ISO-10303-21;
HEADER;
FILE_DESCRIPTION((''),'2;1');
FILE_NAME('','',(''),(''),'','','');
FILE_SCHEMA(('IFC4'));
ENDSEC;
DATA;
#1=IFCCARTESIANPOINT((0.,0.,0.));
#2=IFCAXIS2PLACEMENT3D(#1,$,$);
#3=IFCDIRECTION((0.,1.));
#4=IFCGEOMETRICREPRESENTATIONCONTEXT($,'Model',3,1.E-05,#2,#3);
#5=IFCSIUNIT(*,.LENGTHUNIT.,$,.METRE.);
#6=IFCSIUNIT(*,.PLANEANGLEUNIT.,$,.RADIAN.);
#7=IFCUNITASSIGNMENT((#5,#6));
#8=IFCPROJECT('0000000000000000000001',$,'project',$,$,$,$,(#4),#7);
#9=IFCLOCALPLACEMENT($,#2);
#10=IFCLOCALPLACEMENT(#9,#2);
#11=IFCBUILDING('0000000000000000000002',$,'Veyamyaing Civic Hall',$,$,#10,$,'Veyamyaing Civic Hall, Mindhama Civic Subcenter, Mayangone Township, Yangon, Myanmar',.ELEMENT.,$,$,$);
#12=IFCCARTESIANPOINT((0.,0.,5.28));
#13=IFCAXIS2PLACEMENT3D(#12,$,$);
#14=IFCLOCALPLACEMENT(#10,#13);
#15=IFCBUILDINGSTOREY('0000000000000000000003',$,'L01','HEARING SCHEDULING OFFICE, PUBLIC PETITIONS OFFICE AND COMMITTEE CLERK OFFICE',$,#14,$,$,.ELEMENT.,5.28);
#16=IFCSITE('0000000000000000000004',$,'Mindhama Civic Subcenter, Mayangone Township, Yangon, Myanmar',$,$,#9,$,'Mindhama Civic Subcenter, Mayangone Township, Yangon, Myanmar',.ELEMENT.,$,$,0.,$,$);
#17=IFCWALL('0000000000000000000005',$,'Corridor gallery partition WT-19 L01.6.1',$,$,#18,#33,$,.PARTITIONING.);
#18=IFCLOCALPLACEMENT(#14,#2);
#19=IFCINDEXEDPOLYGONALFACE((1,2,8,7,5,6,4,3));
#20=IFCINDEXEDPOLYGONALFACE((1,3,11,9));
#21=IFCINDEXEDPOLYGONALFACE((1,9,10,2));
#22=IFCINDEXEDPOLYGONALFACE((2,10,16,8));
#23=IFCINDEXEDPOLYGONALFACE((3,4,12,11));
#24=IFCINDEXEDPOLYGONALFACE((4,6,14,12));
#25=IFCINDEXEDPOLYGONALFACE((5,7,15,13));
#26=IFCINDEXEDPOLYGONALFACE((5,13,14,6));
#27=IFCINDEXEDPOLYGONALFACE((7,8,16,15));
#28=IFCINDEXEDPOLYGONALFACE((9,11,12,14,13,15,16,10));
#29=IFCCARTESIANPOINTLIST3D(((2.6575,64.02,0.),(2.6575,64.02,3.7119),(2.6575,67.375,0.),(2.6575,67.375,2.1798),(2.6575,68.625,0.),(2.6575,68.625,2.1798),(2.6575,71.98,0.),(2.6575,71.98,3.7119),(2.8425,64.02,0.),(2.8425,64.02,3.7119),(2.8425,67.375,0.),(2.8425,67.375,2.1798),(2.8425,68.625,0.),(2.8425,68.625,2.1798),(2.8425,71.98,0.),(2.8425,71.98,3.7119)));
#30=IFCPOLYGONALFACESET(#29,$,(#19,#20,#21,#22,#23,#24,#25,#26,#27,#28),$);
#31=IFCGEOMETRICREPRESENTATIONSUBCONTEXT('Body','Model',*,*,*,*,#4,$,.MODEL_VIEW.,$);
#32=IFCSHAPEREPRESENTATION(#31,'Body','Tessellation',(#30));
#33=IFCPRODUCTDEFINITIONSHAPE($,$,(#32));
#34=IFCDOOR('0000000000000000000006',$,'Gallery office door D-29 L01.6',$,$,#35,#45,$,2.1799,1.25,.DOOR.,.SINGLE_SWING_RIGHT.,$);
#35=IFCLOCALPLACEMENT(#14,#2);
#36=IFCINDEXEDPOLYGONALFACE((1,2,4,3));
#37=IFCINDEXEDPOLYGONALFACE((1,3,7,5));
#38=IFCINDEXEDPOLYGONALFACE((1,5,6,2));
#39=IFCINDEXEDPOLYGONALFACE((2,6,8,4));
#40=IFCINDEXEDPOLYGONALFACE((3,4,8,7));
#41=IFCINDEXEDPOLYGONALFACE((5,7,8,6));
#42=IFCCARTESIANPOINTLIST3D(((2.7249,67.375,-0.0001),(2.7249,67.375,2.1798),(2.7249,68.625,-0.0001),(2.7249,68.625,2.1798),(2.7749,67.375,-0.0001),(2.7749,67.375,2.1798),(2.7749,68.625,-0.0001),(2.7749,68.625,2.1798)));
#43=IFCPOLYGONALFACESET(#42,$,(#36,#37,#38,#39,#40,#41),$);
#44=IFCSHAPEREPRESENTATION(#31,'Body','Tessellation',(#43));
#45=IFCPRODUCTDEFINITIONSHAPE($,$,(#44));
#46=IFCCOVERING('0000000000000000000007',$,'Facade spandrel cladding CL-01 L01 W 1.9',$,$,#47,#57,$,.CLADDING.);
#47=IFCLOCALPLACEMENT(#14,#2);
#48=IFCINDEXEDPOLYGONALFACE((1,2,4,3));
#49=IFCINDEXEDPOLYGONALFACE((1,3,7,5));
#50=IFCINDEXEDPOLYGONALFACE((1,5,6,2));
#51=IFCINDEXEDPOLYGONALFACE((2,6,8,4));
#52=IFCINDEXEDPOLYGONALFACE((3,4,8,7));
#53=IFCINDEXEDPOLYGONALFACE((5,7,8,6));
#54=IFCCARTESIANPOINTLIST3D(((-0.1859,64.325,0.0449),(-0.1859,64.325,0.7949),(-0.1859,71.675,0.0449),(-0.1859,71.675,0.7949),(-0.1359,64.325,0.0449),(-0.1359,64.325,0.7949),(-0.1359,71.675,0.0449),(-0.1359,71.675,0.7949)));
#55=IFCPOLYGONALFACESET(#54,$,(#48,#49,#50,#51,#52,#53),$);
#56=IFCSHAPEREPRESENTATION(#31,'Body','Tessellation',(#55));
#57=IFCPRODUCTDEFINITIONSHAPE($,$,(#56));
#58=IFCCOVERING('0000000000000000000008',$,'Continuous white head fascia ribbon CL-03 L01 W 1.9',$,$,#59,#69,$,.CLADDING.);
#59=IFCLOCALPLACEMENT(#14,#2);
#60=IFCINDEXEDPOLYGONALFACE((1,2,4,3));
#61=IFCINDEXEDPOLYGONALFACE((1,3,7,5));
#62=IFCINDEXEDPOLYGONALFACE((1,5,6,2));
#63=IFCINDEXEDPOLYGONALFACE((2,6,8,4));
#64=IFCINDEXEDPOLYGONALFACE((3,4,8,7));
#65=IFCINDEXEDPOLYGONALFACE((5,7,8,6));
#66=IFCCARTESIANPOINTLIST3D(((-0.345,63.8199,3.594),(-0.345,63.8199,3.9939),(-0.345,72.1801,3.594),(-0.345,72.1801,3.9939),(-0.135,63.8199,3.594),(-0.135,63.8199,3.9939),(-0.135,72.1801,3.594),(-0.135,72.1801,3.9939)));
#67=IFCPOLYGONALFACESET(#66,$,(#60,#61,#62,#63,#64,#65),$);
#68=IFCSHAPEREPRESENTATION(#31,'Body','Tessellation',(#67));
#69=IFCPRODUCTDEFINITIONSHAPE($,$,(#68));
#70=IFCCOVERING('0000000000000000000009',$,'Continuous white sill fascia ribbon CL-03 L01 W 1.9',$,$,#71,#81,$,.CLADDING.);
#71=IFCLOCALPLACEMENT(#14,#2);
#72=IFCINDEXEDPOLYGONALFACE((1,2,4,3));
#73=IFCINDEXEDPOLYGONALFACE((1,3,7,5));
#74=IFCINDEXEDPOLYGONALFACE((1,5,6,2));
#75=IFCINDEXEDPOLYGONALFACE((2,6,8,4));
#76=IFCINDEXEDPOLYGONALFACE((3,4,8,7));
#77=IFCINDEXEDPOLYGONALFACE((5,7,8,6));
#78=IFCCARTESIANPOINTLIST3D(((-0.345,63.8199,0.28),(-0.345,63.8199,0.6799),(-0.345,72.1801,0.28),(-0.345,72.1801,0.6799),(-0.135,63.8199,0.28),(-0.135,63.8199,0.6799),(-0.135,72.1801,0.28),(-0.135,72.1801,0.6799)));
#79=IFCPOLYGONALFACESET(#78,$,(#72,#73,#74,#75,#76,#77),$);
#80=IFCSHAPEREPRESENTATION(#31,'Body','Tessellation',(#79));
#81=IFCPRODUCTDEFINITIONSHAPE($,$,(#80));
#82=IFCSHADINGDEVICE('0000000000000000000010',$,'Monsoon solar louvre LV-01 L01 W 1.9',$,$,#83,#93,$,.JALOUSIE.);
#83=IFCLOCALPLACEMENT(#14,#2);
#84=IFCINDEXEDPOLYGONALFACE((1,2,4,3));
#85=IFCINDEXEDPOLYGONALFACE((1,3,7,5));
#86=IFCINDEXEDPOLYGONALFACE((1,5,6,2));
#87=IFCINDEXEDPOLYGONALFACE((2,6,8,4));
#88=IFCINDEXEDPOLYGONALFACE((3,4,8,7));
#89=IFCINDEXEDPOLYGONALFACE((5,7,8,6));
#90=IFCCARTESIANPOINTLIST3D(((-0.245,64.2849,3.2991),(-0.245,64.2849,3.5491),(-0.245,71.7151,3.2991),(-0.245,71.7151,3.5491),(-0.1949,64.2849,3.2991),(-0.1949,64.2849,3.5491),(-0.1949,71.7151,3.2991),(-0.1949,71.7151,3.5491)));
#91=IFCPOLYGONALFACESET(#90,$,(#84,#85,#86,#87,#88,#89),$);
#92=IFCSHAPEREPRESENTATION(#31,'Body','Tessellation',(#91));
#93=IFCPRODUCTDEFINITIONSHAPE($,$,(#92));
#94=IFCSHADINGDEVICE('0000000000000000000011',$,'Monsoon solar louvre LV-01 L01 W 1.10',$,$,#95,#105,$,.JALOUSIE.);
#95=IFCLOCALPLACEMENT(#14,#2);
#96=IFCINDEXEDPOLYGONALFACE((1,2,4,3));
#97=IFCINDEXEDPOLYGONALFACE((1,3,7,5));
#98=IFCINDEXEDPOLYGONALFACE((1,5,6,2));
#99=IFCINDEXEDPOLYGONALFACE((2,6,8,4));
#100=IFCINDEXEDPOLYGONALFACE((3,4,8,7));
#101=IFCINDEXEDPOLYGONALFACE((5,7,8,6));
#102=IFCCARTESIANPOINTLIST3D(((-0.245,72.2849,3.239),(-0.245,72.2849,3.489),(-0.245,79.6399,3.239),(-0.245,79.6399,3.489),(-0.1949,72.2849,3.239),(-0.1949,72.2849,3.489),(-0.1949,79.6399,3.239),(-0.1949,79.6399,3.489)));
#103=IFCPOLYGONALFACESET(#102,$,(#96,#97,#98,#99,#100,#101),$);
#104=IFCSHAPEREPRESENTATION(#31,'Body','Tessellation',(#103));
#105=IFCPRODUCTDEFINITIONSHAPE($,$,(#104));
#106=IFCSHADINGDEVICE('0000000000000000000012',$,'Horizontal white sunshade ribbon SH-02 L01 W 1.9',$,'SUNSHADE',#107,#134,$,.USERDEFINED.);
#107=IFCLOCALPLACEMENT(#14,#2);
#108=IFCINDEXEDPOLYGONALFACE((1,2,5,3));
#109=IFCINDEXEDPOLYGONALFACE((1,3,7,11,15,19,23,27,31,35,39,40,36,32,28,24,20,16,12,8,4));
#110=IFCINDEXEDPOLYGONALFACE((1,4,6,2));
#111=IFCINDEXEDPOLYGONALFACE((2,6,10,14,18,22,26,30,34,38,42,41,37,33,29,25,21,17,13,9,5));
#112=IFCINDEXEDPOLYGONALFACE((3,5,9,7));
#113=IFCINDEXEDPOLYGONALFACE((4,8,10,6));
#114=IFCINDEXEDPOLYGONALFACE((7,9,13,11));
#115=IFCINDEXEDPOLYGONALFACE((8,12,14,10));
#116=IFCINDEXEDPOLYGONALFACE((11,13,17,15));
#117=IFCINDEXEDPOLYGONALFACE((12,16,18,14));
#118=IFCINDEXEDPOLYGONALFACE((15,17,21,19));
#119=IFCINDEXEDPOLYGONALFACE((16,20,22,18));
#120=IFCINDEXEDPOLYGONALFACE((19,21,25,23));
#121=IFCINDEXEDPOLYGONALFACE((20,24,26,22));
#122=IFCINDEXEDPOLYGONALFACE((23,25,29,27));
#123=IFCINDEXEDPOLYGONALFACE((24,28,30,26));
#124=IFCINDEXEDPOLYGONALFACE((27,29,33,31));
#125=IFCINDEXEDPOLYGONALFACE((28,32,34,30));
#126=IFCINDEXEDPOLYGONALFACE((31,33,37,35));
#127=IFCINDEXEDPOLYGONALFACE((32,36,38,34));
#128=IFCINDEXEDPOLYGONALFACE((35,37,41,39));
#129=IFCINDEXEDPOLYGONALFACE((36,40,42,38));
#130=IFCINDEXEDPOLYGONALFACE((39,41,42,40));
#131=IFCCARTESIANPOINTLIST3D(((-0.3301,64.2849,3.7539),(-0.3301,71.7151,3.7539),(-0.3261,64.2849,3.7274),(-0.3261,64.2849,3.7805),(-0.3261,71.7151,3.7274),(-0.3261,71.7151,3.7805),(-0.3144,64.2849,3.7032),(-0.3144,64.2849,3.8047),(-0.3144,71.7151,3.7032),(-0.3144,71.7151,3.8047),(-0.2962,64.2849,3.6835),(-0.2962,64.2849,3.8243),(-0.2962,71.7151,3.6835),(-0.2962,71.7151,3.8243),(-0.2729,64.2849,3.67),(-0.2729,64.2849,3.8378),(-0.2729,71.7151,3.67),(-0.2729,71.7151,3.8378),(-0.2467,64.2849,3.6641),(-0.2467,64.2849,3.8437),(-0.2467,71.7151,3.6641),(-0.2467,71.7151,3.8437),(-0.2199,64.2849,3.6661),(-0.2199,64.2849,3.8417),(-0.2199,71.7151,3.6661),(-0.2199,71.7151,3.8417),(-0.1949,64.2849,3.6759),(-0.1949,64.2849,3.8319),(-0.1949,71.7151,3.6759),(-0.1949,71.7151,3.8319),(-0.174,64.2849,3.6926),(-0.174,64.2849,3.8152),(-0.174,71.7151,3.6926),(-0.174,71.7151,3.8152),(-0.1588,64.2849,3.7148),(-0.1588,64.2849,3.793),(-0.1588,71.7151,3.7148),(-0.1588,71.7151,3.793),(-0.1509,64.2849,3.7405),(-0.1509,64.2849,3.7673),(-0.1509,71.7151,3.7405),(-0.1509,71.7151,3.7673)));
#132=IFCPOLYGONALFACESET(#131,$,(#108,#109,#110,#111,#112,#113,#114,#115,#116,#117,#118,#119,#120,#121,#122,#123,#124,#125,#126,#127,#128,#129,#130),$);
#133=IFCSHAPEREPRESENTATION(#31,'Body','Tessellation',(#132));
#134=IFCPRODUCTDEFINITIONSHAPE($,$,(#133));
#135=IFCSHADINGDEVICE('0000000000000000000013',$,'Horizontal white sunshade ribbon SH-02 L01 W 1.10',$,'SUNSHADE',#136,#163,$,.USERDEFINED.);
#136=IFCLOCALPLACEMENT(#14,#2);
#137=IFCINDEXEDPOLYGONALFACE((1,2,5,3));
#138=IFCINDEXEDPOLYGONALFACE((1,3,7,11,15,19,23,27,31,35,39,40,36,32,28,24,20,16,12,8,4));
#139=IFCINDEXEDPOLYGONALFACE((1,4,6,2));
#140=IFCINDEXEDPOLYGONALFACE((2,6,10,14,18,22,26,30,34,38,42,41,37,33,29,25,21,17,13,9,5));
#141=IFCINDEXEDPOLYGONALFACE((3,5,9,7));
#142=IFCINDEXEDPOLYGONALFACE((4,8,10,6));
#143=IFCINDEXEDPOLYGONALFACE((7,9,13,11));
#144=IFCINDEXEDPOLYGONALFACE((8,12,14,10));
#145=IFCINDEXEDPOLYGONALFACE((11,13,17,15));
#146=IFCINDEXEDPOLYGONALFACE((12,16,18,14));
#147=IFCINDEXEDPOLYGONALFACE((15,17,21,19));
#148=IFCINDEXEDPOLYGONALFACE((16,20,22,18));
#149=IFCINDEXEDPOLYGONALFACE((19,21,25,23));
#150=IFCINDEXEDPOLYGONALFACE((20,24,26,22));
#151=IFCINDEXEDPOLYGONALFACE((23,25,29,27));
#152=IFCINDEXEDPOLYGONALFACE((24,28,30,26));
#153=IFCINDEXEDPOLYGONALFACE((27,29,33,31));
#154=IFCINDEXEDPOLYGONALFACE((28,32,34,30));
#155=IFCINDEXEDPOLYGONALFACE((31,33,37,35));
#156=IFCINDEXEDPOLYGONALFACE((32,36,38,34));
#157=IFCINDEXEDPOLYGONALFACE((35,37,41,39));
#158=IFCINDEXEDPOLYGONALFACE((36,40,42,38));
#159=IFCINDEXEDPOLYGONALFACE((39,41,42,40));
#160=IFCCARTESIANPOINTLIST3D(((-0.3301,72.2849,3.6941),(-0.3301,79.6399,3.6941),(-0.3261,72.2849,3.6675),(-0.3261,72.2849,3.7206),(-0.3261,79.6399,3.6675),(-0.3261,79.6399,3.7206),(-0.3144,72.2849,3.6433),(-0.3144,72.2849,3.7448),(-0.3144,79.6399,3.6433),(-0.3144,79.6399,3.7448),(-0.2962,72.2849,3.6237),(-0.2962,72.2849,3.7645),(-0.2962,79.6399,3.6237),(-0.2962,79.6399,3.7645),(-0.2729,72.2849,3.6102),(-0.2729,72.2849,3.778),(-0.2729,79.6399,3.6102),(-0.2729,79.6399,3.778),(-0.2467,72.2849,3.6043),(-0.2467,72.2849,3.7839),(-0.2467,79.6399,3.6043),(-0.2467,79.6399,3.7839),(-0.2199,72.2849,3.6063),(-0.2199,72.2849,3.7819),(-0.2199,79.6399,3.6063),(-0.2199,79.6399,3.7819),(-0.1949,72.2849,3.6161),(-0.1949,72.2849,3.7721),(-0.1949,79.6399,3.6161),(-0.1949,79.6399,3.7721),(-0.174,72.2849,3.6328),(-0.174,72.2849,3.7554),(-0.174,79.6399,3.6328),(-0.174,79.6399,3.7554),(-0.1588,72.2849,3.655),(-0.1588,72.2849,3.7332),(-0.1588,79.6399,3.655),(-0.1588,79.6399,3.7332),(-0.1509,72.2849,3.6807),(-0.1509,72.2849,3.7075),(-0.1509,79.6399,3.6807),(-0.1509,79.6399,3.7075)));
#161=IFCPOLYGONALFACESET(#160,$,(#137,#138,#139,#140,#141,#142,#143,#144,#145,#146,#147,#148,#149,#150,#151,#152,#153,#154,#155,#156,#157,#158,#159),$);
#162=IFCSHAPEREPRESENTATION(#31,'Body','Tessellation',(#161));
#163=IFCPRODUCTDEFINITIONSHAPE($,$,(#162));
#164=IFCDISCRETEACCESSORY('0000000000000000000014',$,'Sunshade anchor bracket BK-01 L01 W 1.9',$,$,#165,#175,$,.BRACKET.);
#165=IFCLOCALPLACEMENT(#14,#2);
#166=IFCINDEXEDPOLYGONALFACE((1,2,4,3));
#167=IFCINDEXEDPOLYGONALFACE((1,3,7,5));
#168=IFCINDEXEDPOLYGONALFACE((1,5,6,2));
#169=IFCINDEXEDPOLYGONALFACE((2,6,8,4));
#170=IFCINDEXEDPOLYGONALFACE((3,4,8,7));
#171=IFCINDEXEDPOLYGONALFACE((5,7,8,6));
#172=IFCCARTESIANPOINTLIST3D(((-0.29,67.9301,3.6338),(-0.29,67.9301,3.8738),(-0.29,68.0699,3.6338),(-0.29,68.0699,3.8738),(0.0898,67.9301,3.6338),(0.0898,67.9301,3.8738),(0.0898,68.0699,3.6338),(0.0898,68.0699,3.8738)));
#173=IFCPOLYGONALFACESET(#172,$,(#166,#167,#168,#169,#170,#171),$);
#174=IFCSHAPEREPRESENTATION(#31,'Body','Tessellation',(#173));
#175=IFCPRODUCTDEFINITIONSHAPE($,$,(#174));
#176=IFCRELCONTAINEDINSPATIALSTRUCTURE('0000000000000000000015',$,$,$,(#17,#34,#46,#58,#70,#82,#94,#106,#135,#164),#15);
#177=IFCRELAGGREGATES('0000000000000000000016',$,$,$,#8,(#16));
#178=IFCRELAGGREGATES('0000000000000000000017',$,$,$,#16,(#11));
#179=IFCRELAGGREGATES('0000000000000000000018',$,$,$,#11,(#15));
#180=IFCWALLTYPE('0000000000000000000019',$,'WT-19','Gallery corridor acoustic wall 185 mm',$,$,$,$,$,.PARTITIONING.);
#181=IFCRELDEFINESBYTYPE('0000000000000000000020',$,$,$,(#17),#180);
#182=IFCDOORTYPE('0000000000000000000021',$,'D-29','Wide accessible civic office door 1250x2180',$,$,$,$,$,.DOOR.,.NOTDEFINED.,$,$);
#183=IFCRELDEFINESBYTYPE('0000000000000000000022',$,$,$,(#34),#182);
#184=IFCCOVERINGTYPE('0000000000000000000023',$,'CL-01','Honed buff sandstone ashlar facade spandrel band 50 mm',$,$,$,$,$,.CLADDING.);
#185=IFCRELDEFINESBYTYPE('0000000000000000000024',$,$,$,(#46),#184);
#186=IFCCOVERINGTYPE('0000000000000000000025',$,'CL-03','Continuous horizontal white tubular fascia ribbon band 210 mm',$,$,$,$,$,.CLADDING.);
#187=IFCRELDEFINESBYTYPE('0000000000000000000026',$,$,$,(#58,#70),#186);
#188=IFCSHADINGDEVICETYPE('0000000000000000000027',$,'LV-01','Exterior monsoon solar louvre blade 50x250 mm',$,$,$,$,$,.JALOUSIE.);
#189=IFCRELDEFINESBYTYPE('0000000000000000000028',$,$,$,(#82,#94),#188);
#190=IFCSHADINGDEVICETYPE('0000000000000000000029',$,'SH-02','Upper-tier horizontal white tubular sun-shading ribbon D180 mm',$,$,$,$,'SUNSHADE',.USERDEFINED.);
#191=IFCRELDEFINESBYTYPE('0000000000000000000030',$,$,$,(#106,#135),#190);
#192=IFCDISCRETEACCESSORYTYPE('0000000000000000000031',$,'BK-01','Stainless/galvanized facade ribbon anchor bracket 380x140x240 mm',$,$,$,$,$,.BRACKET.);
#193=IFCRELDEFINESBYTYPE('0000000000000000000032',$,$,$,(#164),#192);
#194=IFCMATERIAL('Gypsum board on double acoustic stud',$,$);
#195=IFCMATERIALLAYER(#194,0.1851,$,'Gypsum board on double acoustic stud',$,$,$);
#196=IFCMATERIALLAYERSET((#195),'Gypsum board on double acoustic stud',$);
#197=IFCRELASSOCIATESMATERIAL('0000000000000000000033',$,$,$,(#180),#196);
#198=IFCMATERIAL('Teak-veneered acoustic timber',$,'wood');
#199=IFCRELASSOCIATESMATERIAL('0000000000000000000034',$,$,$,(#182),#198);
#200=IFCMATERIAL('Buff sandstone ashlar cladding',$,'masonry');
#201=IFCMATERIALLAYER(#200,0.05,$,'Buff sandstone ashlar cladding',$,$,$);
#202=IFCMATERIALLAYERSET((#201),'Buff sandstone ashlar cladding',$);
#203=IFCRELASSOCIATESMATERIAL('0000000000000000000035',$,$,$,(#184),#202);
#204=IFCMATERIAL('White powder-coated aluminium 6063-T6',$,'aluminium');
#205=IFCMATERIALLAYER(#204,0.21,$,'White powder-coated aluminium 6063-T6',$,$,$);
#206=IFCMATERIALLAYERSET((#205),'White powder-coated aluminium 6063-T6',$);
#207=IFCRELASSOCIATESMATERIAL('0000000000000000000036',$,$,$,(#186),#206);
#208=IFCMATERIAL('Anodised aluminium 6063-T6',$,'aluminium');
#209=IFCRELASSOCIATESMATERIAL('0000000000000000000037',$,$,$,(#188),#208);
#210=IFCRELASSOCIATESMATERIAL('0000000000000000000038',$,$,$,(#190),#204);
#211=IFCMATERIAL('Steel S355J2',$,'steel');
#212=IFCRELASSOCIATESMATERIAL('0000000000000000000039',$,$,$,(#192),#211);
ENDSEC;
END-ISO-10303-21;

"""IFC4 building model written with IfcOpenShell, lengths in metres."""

from ifc_helpers import new_model, si_unit, direction, frame, frame_2d, origin, origin_2d, place, context, subcontext, project, spatial, rectangle, circle, extrude, material, layer, layer_set, material_profile, profile_set, type_object, element, fill, save


model = new_model("IFC4")

# Units and contexts
model_context = context("Model", 3, precision=1e-05, world=origin(), true_north=direction((0.0, 1.0)))
body_context = subcontext(model_context, "Body", "Model", "MODEL_VIEW")
ifc_project = project(units=[si_unit("LENGTHUNIT", "METRE"), si_unit("PLANEANGLEUNIT", "RADIAN")], contexts=[model_context])

# Site, building, storey
site_placement = place(None, origin())
site = spatial("IfcSite", under=ifc_project, at=site_placement, Name="Mindhama Civic Subcenter, Mayangone Township, Yangon, Myanmar", LongName="Mindhama Civic Subcenter, Mayangone Township, Yangon, Myanmar", CompositionType="ELEMENT", RefElevation=0.0)
building_placement = place(site_placement, origin())
building = spatial("IfcBuilding", under=site, at=building_placement, Name="Veyamyaing Civic Hall", LongName="Veyamyaing Civic Hall, Mindhama Civic Subcenter, Mayangone Township, Yangon, Myanmar", CompositionType="ELEMENT")
storey_placement = place(building_placement, frame((0.0, 0.0, 5.28)))
storey = spatial("IfcBuildingStorey", under=building, at=storey_placement, Name="L01", Description="HEARING SCHEDULING OFFICE, PUBLIC PETITIONS OFFICE AND COMMITTEE CLERK OFFICE", CompositionType="ELEMENT", Elevation=5.28)

# Shared definitions
ifc_material_1 = material(Name="Teak-veneered acoustic timber", Category="wood")

# Wall, opening, door
ifc_material_2 = material(Name="Gypsum board on double acoustic stud")
ifc_layer_1 = layer(ifc_material_2, 0.1851, Name="Gypsum board on double acoustic stud")
ifc_layer_set_1 = layer_set([ifc_layer_1], Name="Gypsum board on double acoustic stud")
wall_type_1 = type_object("IfcWallType", Name="WT-19", Description="Gallery corridor acoustic wall 185 mm", PredefinedType="PARTITIONING", material=ifc_layer_set_1)
wall_1_placement = place(storey_placement, frame((2.75, 64.02, 0.0), z_axis=(0.0, 0.0, 1.0), x_axis=(0.0, 1.0, 0.0)))
wall_1 = element("IfcWall", 1, at=wall_1_placement, inside=storey, type_object=wall_type_1, Name="Corridor gallery partition WT-19 L01.6.1", PredefinedType="PARTITIONING", context=body_context, shape_type="SweptSolid", body=[
    extrude(rectangle(XDim=7.96, YDim=0.1851, at=frame_2d((3.98, 0.0))), origin(), (0.0, 0.0, 1.0), 3.7119),
])
opening_1_placement = place(wall_1_placement, frame((3.355, 0.0, 0.0)))
opening_1 = element("IfcOpeningElement", 2, at=opening_1_placement, cuts=wall_1, PredefinedType="OPENING", context=body_context, shape_type="SweptSolid", body=[
    extrude(rectangle(XDim=1.25, YDim=2.1799, at=frame_2d((0.625, 1.0898))), frame((0.0, 0.1025, 0.0), z_axis=(0.0, -1.0, 0.0), x_axis=(1.0, 0.0, 0.0)), (0.0, 0.0, 1.0), 0.2051),
])
door_type_1 = type_object("IfcDoorType", Name="D-29", Description="Wide accessible civic office door 1250x2180", OperationType="NOTDEFINED", PredefinedType="DOOR", material=ifc_material_1)
door_1_placement = place(opening_1_placement, frame((1.25, 0.0, 0.0), z_axis=(0.0, 0.0, 1.0), x_axis=(-1.0, 0.0, 0.0)))
door_1 = element("IfcDoor", 3, at=door_1_placement, inside=storey, type_object=door_type_1, Name="Gallery office door D-29 L01.6", OperationType="SINGLE_SWING_RIGHT", OverallHeight=2.1799, OverallWidth=1.25, PredefinedType="DOOR", context=body_context, shape_type="SweptSolid", body=[
    extrude(rectangle(XDim=1.25, YDim=2.1799, at=frame_2d((0.625, 1.0898))), frame((0.0, 0.0249, 0.0), z_axis=(0.0, -1.0, 0.0), x_axis=(1.0, 0.0, 0.0)), (0.0, 0.0, 1.0), 0.05),
])
fill(opening_1, door_1)

# Coverings
ifc_material_3 = material(Name="Buff sandstone ashlar cladding", Category="masonry")
ifc_layer_2 = layer(ifc_material_3, 0.05, Name="Buff sandstone ashlar cladding")
ifc_layer_set_2 = layer_set([ifc_layer_2], Name="Buff sandstone ashlar cladding")
covering_type_1 = type_object("IfcCoveringType", Name="CL-01", Description="Honed buff sandstone ashlar facade spandrel band 50 mm", PredefinedType="CLADDING", material=ifc_layer_set_2)
covering_placement = place(storey_placement, frame((-0.1609, 68.0, 0.0449), z_axis=(0.0, 0.0, 1.0), x_axis=(0.0, 1.0, 0.0)))
element("IfcCovering", 4, at=covering_placement, inside=storey, type_object=covering_type_1, Name="Facade spandrel cladding CL-01 L01 W 1.9", PredefinedType="CLADDING", context=body_context, shape_type="SweptSolid", body=[
    extrude(rectangle(XDim=7.3501, YDim=0.05, at=origin_2d()), origin(), (0.0, 0.0, 1.0), 0.75),
])
ifc_material_4 = material(Name="White powder-coated aluminium 6063-T6", Category="aluminium")
ifc_layer_3 = layer(ifc_material_4, 0.21, Name="White powder-coated aluminium 6063-T6")
ifc_layer_set_3 = layer_set([ifc_layer_3], Name="White powder-coated aluminium 6063-T6")
covering_type_2 = type_object("IfcCoveringType", Name="CL-03", Description="Continuous horizontal white tubular fascia ribbon band 210 mm", PredefinedType="CLADDING", material=ifc_layer_set_3)
for number, where, z_axis, x_axis, name in (
    (5, (-0.24, 68.0, 3.594), (0.0, 0.0, 1.0), (0.0, 1.0, 0.0), "Continuous white head fascia ribbon CL-03 L01 W 1.9"),
    (6, (-0.24, 68.0, 0.28), (0.0, 0.0, 1.0), (0.0, 1.0, 0.0), "Continuous white sill fascia ribbon CL-03 L01 W 1.9"),
):
    element("IfcCovering", number, at=place(storey_placement, frame(where, z_axis=z_axis, x_axis=x_axis)), inside=storey, type_object=covering_type_2, Name=name, PredefinedType="CLADDING", context=body_context, shape_type="SweptSolid", body=[
        extrude(rectangle(XDim=8.3601, YDim=0.21, at=origin_2d()), origin(), (0.0, 0.0, 1.0), 0.3999),
    ])

# Shading devices
ifc_material_5 = material(Name="Anodised aluminium 6063-T6", Category="aluminium")
ifc_material_profile_1 = material_profile(ifc_material_5, rectangle(XDim=0.05, YDim=0.25, at=origin_2d()), Name="LOUVRE-BLADE-50X250")
ifc_profile_set_1 = profile_set([ifc_material_profile_1], Name="Anodised aluminium 6063-T6")
shading_device_type_1 = type_object("IfcShadingDeviceType", Name="LV-01", Description="Exterior monsoon solar louvre blade 50x250 mm", PredefinedType="JALOUSIE", material=ifc_profile_set_1)
shading_device_1_placement = place(storey_placement, frame((-0.22, 64.2849, 3.4241), z_axis=(0.0, 1.0, 0.0), x_axis=(-1.0, 0.0, 0.0)))
element("IfcShadingDevice", 7, at=shading_device_1_placement, inside=storey, type_object=shading_device_type_1, Name="Monsoon solar louvre LV-01 L01 W 1.9", PredefinedType="JALOUSIE", context=body_context, shape_type="SweptSolid", body=[
    extrude(rectangle(XDim=0.05, YDim=0.25, at=origin_2d()), origin(), (0.0, 0.0, 1.0), 7.4302),
])
shading_device_2_placement = place(storey_placement, frame((-0.22, 72.2849, 3.364), z_axis=(0.0, 1.0, 0.0), x_axis=(-1.0, 0.0, 0.0)))
element("IfcShadingDevice", 8, at=shading_device_2_placement, inside=storey, type_object=shading_device_type_1, Name="Monsoon solar louvre LV-01 L01 W 1.10", PredefinedType="JALOUSIE", context=body_context, shape_type="SweptSolid", body=[
    extrude(rectangle(XDim=0.05, YDim=0.25, at=origin_2d()), origin(), (0.0, 0.0, 1.0), 7.355),
])
ifc_material_profile_2 = material_profile(ifc_material_4, circle(Radius=0.0901, at=origin_2d()), Name="SHADE-TUBE-180")
ifc_profile_set_2 = profile_set([ifc_material_profile_2], Name="White powder-coated aluminium 6063-T6")
shading_device_type_2 = type_object("IfcShadingDeviceType", Name="SH-02", Description="Upper-tier horizontal white tubular sun-shading ribbon D180 mm", ElementType="SUNSHADE", PredefinedType="USERDEFINED", material=ifc_profile_set_2)
shading_device_3_placement = place(storey_placement, frame((-0.24, 64.2849, 3.7539), z_axis=(0.0, 1.0, 0.0), x_axis=(-1.0, 0.0, 0.0)))
element("IfcShadingDevice", 9, at=shading_device_3_placement, inside=storey, type_object=shading_device_type_2, Name="Horizontal white sunshade ribbon SH-02 L01 W 1.9", ObjectType="SUNSHADE", PredefinedType="USERDEFINED", context=body_context, shape_type="SweptSolid", body=[
    extrude(circle(Radius=0.0901, at=origin_2d()), origin(), (0.0, 0.0, 1.0), 7.4302),
])
shading_device_4_placement = place(storey_placement, frame((-0.24, 72.2849, 3.6941), z_axis=(0.0, 1.0, 0.0), x_axis=(-1.0, 0.0, 0.0)))
element("IfcShadingDevice", 10, at=shading_device_4_placement, inside=storey, type_object=shading_device_type_2, Name="Horizontal white sunshade ribbon SH-02 L01 W 1.10", ObjectType="SUNSHADE", PredefinedType="USERDEFINED", context=body_context, shape_type="SweptSolid", body=[
    extrude(circle(Radius=0.0901, at=origin_2d()), origin(), (0.0, 0.0, 1.0), 7.355),
])

# Discrete accessory
ifc_material_6 = material(Name="Steel S355J2", Category="steel")
discrete_accessory_type = type_object("IfcDiscreteAccessoryType", Name="BK-01", Description="Stainless/galvanized facade ribbon anchor bracket 380x140x240 mm", PredefinedType="BRACKET", material=ifc_material_6)
for number, where, z_axis, x_axis, name in (
    (11, (-0.1001, 68.0, 3.6338), (0.0, 0.0, 1.0), (-1.0, 0.0, 0.0), "Sunshade anchor bracket BK-01 L01 W 1.9"),
):
    element("IfcDiscreteAccessory", number, at=place(storey_placement, frame(where, z_axis=z_axis, x_axis=x_axis)), inside=storey, type_object=discrete_accessory_type, Name=name, PredefinedType="BRACKET", context=body_context, shape_type="SweptSolid", body=[
        extrude(rectangle(XDim=0.3799, YDim=0.1399, at=origin_2d()), origin(), (0.0, 0.0, 1.0), 0.24),
    ])

save(model, "model.ifc")
